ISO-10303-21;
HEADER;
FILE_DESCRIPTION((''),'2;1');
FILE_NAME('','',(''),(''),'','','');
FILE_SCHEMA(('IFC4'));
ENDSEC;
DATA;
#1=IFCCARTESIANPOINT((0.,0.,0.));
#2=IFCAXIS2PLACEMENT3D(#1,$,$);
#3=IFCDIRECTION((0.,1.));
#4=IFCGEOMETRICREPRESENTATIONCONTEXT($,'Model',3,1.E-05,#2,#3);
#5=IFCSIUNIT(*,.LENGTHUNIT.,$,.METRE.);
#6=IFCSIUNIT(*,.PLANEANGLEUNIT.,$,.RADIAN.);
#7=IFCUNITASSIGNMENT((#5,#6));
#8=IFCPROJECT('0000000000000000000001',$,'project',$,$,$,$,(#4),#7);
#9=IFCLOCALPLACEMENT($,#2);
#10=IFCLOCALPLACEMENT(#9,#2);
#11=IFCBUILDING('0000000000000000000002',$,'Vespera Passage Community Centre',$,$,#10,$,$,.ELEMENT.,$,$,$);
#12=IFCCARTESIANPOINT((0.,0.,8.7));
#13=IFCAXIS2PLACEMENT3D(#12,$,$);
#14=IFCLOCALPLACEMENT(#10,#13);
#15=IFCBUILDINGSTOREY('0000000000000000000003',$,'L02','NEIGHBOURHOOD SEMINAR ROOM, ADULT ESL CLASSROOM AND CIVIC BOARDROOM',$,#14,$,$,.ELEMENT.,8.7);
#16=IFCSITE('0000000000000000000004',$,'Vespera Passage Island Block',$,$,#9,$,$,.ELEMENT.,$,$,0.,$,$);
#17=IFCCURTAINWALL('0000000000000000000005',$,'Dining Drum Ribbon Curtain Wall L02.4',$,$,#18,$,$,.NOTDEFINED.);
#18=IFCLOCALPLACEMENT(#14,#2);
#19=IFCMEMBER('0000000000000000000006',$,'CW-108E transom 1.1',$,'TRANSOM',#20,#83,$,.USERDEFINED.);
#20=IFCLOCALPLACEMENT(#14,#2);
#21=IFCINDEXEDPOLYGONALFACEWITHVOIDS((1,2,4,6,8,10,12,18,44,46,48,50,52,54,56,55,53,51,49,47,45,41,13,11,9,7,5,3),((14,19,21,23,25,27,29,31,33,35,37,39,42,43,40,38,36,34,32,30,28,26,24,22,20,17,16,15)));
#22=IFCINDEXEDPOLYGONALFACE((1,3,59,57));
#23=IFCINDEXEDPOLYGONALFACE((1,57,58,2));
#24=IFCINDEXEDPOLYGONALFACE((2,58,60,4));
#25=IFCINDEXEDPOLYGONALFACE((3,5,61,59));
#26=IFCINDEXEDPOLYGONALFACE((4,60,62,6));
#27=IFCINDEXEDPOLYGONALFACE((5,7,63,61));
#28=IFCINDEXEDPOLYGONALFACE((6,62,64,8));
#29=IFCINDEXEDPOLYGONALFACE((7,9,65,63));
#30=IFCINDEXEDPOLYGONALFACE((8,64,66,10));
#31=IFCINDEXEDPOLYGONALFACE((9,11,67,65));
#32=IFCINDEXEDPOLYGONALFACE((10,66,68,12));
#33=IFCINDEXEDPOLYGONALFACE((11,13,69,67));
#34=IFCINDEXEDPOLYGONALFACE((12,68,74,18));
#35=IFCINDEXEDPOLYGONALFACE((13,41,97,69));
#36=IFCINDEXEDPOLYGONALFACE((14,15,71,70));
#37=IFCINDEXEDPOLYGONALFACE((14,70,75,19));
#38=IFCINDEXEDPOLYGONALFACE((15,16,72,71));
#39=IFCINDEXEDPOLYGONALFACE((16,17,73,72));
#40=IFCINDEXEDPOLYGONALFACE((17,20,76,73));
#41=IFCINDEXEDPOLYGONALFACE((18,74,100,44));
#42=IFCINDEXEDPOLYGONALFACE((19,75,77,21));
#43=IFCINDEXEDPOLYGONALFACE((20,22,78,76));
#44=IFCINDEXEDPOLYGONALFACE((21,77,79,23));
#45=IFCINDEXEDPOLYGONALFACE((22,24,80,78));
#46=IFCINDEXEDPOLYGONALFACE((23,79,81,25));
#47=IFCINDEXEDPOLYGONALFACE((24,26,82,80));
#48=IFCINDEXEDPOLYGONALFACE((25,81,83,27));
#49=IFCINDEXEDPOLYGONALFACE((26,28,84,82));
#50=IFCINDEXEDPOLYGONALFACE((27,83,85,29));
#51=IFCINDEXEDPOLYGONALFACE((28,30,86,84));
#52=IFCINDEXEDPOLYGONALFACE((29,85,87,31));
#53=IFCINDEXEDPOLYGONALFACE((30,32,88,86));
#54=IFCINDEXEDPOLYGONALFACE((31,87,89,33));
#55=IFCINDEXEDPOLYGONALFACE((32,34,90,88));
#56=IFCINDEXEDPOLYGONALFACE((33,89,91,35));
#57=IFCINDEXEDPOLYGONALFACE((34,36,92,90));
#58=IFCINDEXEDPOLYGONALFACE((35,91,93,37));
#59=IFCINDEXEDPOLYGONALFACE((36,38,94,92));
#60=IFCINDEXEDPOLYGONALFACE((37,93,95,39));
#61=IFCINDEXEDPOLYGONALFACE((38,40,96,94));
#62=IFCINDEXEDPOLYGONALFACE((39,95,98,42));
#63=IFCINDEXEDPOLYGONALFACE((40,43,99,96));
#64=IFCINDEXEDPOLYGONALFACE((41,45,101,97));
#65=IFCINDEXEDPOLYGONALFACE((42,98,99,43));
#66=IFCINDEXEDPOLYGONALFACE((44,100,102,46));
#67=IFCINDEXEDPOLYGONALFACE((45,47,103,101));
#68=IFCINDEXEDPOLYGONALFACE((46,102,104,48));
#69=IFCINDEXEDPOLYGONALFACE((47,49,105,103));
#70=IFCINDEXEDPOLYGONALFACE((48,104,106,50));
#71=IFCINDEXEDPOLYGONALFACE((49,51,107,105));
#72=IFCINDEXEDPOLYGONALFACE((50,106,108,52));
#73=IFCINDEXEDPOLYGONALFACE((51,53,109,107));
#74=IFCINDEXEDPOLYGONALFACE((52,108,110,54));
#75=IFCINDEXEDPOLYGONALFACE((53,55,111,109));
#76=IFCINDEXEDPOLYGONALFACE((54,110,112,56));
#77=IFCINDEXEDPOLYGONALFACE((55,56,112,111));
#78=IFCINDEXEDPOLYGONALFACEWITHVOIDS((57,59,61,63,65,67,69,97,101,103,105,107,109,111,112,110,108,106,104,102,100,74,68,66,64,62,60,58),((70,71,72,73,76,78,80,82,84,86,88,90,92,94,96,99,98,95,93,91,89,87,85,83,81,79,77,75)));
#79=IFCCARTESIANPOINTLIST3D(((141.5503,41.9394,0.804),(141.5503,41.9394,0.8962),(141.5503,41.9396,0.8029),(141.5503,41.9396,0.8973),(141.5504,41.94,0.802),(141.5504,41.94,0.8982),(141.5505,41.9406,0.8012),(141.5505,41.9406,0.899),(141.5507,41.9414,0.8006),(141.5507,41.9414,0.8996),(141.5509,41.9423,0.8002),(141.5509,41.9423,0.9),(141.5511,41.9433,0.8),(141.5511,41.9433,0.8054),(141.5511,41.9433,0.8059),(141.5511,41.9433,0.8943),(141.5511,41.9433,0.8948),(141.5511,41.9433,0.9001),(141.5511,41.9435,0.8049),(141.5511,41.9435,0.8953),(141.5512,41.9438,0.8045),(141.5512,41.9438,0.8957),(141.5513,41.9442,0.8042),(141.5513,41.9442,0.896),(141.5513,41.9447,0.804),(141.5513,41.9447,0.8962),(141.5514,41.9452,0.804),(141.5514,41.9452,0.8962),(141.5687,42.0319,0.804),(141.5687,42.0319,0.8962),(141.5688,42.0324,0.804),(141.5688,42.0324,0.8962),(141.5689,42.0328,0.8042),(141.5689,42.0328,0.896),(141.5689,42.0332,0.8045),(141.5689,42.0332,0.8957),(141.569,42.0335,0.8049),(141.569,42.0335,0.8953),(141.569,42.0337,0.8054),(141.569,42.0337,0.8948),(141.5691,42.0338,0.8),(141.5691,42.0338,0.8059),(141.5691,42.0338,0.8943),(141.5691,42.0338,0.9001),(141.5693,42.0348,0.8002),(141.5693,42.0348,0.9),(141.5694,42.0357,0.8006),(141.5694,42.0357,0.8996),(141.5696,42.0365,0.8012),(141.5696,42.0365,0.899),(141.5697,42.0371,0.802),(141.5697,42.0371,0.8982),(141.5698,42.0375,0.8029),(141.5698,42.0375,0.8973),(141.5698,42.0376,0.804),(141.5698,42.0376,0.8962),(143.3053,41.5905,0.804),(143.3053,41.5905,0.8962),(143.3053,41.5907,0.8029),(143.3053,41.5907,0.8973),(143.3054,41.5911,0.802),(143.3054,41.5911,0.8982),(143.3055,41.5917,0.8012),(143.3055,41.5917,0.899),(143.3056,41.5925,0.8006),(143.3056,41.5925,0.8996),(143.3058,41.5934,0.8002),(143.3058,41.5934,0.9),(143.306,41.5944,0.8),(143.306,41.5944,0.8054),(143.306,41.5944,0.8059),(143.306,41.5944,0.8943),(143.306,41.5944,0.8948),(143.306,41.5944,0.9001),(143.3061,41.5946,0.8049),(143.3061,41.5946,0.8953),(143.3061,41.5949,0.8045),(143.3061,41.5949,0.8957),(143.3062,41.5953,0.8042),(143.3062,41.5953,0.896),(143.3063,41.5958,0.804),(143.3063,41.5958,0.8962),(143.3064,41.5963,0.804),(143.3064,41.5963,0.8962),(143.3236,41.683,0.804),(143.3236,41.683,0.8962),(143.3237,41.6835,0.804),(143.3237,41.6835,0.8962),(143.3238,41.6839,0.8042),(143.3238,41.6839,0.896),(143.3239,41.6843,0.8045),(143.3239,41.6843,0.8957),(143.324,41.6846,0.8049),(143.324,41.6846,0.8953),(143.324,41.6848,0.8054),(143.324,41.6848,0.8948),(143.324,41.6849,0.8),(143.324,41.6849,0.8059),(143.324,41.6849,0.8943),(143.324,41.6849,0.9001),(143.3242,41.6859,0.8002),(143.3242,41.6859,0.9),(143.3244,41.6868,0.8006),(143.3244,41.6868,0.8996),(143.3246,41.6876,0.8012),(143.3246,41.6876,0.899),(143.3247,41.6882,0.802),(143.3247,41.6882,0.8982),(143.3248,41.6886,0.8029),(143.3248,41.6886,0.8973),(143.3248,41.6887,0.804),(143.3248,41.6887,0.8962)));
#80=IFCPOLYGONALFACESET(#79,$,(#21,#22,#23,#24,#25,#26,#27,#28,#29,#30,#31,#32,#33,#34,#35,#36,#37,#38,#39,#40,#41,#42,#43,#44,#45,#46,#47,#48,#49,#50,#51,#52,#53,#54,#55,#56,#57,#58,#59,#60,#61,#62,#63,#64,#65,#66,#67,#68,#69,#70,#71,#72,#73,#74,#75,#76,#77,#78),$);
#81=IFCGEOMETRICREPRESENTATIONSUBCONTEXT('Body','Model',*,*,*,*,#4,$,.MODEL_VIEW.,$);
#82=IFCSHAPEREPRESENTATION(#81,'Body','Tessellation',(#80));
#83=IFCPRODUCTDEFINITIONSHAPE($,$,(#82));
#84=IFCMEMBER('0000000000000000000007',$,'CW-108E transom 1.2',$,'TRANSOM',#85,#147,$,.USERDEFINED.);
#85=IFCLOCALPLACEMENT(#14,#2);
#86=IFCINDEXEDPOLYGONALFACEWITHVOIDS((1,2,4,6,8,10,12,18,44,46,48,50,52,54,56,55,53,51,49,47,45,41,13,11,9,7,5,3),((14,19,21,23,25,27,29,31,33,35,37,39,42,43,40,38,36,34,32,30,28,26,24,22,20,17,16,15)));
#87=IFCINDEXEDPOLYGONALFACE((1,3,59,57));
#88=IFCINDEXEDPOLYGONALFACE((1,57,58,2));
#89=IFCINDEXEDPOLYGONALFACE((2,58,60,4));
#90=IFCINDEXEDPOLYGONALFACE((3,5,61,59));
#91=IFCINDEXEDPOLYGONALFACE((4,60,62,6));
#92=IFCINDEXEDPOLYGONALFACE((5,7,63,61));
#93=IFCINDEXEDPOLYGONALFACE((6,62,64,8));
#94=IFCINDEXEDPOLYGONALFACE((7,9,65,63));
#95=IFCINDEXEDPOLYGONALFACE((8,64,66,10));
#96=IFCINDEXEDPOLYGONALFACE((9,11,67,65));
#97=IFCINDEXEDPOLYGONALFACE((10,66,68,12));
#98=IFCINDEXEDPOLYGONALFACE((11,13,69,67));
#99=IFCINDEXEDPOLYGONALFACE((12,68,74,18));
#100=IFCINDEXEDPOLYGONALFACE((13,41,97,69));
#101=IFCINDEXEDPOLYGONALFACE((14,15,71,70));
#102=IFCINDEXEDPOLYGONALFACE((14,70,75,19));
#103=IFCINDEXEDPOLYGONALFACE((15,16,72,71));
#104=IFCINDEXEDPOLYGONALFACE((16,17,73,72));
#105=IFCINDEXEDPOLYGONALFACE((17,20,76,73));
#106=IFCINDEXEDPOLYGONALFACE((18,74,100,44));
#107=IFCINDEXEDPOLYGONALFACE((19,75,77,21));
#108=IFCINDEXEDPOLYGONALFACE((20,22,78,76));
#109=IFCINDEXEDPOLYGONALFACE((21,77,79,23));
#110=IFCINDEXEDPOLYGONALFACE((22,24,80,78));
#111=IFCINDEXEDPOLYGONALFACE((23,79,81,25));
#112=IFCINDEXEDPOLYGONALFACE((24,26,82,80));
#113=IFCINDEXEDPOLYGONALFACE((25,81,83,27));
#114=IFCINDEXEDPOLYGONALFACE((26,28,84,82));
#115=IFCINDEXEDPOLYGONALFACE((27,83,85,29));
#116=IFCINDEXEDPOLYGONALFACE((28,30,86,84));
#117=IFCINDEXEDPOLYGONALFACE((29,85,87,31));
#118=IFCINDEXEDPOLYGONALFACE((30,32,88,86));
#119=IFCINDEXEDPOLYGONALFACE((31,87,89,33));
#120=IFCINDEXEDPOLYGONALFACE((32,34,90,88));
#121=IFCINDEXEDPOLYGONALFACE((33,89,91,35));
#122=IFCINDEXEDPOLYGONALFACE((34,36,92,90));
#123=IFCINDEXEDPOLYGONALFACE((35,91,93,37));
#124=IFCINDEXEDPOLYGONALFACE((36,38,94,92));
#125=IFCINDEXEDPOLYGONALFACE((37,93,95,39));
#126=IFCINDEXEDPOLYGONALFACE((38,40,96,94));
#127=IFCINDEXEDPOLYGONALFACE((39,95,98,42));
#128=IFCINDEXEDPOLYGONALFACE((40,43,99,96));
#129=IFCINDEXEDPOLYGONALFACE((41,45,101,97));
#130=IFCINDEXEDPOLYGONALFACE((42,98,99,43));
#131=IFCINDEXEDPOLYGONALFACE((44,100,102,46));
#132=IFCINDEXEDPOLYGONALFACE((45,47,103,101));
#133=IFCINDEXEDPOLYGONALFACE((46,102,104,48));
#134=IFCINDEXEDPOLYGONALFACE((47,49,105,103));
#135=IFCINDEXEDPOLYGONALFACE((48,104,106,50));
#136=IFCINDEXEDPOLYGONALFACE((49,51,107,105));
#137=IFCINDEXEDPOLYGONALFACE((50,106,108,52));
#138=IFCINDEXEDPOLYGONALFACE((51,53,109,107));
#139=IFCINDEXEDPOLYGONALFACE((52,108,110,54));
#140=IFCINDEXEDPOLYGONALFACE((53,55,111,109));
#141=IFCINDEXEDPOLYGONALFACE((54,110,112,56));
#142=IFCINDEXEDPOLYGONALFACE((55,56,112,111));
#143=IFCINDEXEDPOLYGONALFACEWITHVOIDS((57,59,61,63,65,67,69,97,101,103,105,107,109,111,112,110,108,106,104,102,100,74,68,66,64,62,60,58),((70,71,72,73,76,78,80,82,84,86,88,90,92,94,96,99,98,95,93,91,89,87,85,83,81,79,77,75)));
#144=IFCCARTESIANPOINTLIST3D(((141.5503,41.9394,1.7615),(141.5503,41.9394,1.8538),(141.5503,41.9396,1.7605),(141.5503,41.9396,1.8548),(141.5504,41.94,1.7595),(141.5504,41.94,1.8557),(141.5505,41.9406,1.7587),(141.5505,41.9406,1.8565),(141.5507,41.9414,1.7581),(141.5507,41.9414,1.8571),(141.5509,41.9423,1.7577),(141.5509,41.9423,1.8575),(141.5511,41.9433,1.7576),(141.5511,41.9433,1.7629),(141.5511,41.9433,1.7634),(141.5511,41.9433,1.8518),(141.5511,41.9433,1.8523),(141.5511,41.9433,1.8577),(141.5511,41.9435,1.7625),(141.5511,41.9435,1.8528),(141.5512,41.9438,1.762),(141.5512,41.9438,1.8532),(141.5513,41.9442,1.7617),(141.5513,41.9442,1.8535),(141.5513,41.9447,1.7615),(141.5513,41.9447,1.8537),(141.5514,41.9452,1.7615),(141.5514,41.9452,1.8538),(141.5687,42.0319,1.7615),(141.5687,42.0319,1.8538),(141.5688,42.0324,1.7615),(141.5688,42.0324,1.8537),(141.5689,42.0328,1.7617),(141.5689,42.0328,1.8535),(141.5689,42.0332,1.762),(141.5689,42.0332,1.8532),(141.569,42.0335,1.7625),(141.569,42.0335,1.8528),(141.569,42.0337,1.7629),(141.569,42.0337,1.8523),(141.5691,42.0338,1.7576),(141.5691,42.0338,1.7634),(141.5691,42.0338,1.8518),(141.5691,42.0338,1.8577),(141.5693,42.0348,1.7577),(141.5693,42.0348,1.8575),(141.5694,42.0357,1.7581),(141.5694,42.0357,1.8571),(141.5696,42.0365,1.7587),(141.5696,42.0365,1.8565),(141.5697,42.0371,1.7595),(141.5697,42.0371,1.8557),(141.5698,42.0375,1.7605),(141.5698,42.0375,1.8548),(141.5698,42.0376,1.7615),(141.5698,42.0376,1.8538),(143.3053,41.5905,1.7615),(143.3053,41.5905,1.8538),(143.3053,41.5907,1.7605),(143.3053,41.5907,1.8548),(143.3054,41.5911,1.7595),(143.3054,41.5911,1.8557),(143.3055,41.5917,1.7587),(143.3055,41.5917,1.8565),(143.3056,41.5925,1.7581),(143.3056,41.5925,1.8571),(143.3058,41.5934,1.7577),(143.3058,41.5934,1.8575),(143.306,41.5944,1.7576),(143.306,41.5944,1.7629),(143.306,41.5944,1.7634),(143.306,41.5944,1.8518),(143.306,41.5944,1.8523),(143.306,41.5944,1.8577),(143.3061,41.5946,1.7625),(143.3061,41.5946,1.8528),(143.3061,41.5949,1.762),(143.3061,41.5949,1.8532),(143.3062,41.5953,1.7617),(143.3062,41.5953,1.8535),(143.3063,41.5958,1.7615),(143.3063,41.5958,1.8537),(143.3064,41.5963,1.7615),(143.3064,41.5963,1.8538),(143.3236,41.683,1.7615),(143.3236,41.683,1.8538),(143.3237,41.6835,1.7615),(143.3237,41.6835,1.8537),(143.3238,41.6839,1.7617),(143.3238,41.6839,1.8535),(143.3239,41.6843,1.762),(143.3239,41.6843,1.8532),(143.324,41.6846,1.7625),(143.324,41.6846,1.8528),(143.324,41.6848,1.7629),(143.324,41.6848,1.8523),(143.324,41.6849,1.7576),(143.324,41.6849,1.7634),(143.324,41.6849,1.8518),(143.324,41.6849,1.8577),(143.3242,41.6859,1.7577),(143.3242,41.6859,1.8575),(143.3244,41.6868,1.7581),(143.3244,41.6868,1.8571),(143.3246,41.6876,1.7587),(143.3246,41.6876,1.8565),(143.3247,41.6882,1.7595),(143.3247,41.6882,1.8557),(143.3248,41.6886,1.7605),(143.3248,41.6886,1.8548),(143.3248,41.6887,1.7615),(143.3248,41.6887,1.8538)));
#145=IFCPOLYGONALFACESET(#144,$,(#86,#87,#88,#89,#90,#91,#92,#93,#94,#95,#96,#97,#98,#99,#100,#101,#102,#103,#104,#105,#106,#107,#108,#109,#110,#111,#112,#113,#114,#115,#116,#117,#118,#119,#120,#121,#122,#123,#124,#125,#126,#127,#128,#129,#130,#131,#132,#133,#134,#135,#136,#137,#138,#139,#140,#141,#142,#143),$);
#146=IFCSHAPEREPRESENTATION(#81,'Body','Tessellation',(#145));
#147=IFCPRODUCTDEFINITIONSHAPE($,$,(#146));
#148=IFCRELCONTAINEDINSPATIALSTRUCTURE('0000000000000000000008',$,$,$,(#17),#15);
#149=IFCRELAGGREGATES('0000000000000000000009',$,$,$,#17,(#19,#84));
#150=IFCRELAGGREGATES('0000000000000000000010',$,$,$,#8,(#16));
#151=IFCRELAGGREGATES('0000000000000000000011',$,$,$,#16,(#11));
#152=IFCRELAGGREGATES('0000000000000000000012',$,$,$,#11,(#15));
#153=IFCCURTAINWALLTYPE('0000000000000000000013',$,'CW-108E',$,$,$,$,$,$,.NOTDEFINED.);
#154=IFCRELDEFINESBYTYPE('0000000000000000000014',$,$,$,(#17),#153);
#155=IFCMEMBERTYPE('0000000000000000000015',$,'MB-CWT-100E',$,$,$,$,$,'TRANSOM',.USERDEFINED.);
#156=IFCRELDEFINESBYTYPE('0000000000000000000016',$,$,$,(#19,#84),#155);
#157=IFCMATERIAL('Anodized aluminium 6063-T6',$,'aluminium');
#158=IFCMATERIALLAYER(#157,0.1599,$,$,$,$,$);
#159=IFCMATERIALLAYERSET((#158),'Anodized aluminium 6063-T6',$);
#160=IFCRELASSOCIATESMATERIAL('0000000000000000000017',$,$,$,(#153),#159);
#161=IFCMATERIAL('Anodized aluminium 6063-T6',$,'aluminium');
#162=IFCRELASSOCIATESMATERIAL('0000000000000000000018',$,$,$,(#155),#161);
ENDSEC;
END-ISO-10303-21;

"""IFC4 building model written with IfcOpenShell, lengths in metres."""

from ifc_helpers import new_model, si_unit, direction, frame, origin, origin_2d, place, context, subcontext, project, spatial, hollow_rectangle, extrude, material, layer, layer_set, material_profile, profile_set, type_object, element, aggregate, save


model = new_model("IFC4")

# Units and contexts
model_context = context("Model", 3, precision=1e-05, world=origin(), true_north=direction((0.0, 1.0)))
body_context = subcontext(model_context, "Body", "Model", "MODEL_VIEW")
ifc_project = project(units=[si_unit("LENGTHUNIT", "METRE"), si_unit("PLANEANGLEUNIT", "RADIAN")], contexts=[model_context])

# Site, building, storey
site_placement = place(None, origin())
site = spatial("IfcSite", under=ifc_project, at=site_placement, Name="Vespera Passage Island Block", CompositionType="ELEMENT", RefElevation=0.0)
building_placement = place(site_placement, origin())
building = spatial("IfcBuilding", under=site, at=building_placement, Name="Vespera Passage Community Centre", CompositionType="ELEMENT")
storey_placement = place(building_placement, frame((0.0, 0.0, 8.7)))
storey = spatial("IfcBuildingStorey", under=building, at=storey_placement, Name="L02", Description="NEIGHBOURHOOD SEMINAR ROOM, ADULT ESL CLASSROOM AND CIVIC BOARDROOM", CompositionType="ELEMENT", Elevation=8.7)

# Curtain wall
ifc_material_1 = material(Name="Anodized aluminium 6063-T6", Category="aluminium")
ifc_layer_1 = layer(ifc_material_1, 0.1599)
ifc_layer_set_1 = layer_set([ifc_layer_1], Name="Anodized aluminium 6063-T6")
curtain_wall_type = type_object("IfcCurtainWallType", Name="CW-108E", PredefinedType="NOTDEFINED", material=ifc_layer_set_1)
curtain_wall_1_placement = place(storey_placement, origin())
curtain_wall_1 = element("IfcCurtainWall", 1, at=curtain_wall_1_placement, inside=storey, type_object=curtain_wall_type, Name="Dining Drum Ribbon Curtain Wall L02.4", PredefinedType="NOTDEFINED")

# Members
ifc_material_2 = material(Name="Anodized aluminium 6063-T6", Category="aluminium")
ifc_material_profile_1 = material_profile(ifc_material_2, hollow_rectangle(XDim=0.1001, YDim=0.1001, WallThickness=0.0039, InnerFilletRadius=0.002, OuterFilletRadius=0.0039, at=origin_2d()), Name="ALU100X100X4")
ifc_profile_set_1 = profile_set([ifc_material_profile_1], Name="Anodized aluminium 6063-T6")
member_type_1 = type_object("IfcMemberType", Name="MB-CWT-100E", ElementType="TRANSOM", PredefinedType="USERDEFINED", material=ifc_profile_set_1)
member_1_placement = place(storey_placement, frame((141.5601, 41.9885, 0.8501), z_axis=(0.980806, -0.194988, 0.0), x_axis=(0.194988, 0.980806, 0.0)))
member_1 = element("IfcMember", 2, at=member_1_placement, type_object=member_type_1, Name="CW-108E transom 1.1", ObjectType="TRANSOM", PredefinedType="USERDEFINED", context=body_context, shape_type="SweptSolid", body=[
    extrude(hollow_rectangle(XDim=0.1001, YDim=0.1001, WallThickness=0.0039, InnerFilletRadius=0.002, OuterFilletRadius=0.0039, at=origin_2d()), origin(), (0.0, 0.0, 1.0), 1.7893),
])
member_2_placement = place(storey_placement, frame((141.5601, 41.9885, 1.8076), z_axis=(0.980806, -0.194988, 0.0), x_axis=(0.194988, 0.980806, 0.0)))
member_2 = element("IfcMember", 3, at=member_2_placement, type_object=member_type_1, Name="CW-108E transom 1.2", ObjectType="TRANSOM", PredefinedType="USERDEFINED", context=body_context, shape_type="SweptSolid", body=[
    extrude(hollow_rectangle(XDim=0.1001, YDim=0.1001, WallThickness=0.0039, InnerFilletRadius=0.002, OuterFilletRadius=0.0039, at=origin_2d()), origin(), (0.0, 0.0, 1.0), 1.7893),
])
aggregate(curtain_wall_1, [member_1, member_2])

save(model, "model.ifc")
